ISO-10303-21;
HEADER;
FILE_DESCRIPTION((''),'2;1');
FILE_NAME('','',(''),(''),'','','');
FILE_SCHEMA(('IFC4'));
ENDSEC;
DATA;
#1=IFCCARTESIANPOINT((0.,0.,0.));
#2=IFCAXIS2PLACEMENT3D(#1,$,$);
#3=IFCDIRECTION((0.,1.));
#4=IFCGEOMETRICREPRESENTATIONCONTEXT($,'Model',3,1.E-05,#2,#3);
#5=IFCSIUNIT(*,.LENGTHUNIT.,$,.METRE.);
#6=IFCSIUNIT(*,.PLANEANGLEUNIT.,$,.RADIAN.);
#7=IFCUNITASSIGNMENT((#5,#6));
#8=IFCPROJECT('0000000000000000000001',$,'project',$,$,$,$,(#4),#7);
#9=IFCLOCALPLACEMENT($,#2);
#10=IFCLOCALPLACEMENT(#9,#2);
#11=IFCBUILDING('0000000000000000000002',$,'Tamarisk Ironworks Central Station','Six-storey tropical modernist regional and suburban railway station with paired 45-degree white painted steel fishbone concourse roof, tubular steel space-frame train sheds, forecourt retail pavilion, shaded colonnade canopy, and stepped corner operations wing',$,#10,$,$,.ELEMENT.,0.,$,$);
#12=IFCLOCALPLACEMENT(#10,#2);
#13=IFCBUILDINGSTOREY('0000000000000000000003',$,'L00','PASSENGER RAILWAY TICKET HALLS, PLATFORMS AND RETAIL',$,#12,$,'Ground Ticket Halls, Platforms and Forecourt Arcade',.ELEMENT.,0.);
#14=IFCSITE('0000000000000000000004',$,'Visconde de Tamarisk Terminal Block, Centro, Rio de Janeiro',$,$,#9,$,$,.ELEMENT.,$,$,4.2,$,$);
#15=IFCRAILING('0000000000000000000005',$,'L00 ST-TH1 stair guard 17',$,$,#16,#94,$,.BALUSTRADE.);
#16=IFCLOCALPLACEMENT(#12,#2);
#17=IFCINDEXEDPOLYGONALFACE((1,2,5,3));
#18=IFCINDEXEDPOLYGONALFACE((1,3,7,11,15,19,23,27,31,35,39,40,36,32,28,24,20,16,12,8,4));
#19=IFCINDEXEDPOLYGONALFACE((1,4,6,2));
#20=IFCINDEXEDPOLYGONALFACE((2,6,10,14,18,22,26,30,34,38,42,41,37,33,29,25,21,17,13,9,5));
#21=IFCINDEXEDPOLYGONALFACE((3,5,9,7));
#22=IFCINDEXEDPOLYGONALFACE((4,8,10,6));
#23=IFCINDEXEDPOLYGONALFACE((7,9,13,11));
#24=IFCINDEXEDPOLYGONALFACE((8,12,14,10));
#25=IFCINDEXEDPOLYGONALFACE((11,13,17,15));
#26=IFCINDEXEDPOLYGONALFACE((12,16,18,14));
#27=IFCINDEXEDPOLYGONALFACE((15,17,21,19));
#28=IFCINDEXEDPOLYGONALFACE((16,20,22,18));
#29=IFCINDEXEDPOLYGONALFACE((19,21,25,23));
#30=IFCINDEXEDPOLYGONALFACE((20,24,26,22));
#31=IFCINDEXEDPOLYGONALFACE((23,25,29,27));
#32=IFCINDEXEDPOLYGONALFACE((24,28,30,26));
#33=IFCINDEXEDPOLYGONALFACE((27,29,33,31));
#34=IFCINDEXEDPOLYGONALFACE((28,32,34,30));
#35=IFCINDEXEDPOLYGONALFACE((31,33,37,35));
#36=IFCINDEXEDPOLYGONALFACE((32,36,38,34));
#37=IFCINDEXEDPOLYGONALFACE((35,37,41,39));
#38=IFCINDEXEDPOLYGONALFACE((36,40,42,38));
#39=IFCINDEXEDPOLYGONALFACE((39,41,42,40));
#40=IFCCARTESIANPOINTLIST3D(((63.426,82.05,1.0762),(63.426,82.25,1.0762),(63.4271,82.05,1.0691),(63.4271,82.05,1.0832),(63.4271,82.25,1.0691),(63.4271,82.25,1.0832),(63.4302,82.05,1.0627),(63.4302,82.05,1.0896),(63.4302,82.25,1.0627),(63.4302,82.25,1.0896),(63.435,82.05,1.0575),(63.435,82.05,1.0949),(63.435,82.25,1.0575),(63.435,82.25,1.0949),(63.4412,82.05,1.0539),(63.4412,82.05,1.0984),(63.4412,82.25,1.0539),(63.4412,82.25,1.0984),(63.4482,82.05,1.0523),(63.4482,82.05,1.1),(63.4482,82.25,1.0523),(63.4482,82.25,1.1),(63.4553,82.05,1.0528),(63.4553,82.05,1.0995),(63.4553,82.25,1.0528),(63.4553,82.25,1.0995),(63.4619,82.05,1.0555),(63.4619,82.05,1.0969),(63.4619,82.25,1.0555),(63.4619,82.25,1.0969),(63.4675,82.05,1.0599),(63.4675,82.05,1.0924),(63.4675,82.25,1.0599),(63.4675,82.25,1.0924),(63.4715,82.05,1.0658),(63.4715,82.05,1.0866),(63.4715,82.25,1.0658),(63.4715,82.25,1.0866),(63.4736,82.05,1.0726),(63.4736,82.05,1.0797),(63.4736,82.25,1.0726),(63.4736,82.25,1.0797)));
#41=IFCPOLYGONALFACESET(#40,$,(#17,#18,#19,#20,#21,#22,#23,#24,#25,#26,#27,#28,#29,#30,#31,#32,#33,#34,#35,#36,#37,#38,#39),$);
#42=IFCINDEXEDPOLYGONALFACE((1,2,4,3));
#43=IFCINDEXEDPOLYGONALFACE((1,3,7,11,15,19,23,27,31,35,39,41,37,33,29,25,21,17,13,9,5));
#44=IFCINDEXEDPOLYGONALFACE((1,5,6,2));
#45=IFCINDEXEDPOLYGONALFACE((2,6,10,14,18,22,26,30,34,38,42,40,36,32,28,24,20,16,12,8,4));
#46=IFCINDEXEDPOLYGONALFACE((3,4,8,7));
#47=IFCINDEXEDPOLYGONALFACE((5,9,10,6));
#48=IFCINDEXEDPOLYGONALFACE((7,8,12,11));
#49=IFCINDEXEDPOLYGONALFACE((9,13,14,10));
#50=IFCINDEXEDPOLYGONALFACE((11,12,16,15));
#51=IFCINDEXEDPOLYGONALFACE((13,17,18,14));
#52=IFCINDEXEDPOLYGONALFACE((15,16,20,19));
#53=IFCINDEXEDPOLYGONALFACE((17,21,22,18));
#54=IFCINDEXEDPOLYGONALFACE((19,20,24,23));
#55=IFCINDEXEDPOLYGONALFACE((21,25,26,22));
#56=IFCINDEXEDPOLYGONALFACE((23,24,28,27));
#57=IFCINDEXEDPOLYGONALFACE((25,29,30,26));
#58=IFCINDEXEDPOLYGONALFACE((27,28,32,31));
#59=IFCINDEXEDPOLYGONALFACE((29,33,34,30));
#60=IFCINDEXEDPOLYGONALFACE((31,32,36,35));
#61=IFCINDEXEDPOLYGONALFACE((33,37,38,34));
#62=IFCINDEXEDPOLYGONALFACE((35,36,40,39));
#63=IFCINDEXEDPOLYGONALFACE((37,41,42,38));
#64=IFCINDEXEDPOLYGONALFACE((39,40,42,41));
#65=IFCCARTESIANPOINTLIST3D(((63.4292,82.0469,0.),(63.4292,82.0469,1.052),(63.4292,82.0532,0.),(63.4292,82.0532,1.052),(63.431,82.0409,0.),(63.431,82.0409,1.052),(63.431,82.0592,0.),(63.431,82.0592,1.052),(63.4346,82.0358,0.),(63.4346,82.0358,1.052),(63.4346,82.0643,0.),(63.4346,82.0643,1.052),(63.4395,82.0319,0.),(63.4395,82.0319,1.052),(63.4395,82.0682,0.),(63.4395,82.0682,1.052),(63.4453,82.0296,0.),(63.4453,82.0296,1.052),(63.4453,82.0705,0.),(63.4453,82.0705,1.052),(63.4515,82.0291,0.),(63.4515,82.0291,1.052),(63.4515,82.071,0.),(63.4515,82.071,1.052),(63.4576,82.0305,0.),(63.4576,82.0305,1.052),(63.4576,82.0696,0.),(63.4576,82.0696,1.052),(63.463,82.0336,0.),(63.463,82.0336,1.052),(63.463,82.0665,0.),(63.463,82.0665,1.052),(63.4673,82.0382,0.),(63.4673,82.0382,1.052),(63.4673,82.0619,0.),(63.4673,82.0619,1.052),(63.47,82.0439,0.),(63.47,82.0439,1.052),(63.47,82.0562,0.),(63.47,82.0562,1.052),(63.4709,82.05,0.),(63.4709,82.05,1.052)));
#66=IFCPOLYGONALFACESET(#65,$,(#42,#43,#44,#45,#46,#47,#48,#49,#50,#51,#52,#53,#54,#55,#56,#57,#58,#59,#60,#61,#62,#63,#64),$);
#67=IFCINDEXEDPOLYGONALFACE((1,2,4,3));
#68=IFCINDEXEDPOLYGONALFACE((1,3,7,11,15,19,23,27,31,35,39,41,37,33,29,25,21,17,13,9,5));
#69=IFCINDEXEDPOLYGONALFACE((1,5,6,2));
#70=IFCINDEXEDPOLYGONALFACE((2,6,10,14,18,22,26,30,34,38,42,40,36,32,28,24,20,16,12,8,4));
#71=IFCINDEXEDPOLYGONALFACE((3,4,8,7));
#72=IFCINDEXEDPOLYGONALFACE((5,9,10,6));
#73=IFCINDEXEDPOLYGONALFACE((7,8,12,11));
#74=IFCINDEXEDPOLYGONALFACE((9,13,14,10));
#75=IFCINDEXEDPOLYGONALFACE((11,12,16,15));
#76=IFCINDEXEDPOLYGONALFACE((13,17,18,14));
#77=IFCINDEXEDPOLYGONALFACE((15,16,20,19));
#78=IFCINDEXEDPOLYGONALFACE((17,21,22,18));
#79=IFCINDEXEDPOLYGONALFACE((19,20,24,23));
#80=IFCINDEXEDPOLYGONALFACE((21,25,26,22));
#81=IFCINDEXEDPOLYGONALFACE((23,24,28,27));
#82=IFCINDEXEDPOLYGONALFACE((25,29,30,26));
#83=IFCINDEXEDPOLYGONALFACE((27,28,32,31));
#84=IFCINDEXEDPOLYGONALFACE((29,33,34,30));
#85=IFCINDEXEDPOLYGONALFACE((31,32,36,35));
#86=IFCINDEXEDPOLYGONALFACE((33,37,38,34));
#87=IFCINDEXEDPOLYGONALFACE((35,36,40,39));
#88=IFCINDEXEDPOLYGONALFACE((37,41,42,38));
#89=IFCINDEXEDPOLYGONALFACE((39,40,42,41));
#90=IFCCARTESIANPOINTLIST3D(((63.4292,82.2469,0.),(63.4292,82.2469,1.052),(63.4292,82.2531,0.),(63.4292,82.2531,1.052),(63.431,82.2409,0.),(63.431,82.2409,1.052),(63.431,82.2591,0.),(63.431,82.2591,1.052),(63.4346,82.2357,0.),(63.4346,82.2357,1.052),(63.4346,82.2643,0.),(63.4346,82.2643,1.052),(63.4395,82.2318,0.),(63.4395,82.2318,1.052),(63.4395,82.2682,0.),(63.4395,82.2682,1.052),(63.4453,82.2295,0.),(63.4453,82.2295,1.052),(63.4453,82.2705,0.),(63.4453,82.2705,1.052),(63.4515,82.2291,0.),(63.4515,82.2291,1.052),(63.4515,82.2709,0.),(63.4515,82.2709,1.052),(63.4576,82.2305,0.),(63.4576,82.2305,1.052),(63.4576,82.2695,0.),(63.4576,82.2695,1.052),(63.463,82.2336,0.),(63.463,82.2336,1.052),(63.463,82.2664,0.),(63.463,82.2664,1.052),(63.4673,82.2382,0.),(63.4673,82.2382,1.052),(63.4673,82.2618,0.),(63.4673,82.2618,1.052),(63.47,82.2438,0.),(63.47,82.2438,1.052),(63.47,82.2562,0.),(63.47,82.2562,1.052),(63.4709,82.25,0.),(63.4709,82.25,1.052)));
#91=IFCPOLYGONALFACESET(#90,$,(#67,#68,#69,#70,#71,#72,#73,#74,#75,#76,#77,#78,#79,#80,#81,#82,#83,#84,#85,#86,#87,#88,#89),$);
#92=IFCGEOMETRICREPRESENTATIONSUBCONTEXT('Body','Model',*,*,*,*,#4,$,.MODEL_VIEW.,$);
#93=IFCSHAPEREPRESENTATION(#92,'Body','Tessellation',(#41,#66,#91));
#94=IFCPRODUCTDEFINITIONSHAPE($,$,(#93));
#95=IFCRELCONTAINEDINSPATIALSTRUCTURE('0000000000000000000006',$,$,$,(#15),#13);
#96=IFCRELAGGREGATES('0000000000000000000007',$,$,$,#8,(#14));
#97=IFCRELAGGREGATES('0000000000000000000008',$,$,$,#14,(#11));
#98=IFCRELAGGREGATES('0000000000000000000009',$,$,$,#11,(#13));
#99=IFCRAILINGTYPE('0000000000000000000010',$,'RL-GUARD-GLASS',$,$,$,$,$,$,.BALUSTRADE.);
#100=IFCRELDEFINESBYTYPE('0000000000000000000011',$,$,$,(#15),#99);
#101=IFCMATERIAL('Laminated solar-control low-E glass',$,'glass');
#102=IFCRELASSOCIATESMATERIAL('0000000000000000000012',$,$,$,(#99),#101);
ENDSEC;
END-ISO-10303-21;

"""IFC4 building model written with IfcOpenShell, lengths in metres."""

from ifc_helpers import new_model, si_unit, direction, frame, origin, origin_2d, place, context, subcontext, project, spatial, circle, extrude, material, type_object, element, save


model = new_model("IFC4")

# Units and contexts
model_context = context("Model", 3, precision=1e-05, world=origin(), true_north=direction((0.0, 1.0)))
body_context = subcontext(model_context, "Body", "Model", "MODEL_VIEW")
ifc_project = project(units=[si_unit("LENGTHUNIT", "METRE"), si_unit("PLANEANGLEUNIT", "RADIAN")], contexts=[model_context])

# Site, building, storey
site_placement = place(None, origin())
site = spatial("IfcSite", under=ifc_project, at=site_placement, Name="Visconde de Tamarisk Terminal Block, Centro, Rio de Janeiro", CompositionType="ELEMENT", RefElevation=4.2)
building_placement = place(site_placement, origin())
building = spatial("IfcBuilding", under=site, at=building_placement, Name="Tamarisk Ironworks Central Station", Description="Six-storey tropical modernist regional and suburban railway station with paired 45-degree white painted steel fishbone concourse roof, tubular steel space-frame train sheds, forecourt retail pavilion, shaded colonnade canopy, and stepped corner operations wing", CompositionType="ELEMENT", ElevationOfRefHeight=0.0)
storey_placement = place(building_placement, origin())
storey = spatial("IfcBuildingStorey", under=building, at=storey_placement, Name="L00", Description="PASSENGER RAILWAY TICKET HALLS, PLATFORMS AND RETAIL", LongName="Ground Ticket Halls, Platforms and Forecourt Arcade", CompositionType="ELEMENT", Elevation=0.0)

# Shared definitions
ifc_material_1 = material(Name="Laminated solar-control low-E glass", Category="glass")

# Railing
railing_type_1 = type_object("IfcRailingType", Name="RL-GUARD-GLASS", PredefinedType="BALUSTRADE", material=ifc_material_1)
railing_1_placement = place(storey_placement, frame((63.45, 82.05, 0.0)))
element("IfcRailing", 1, at=railing_1_placement, inside=storey, type_object=railing_type_1, Name="L00 ST-TH1 stair guard 17", PredefinedType="BALUSTRADE", context=body_context, shape_type="SweptSolid", body=[
    extrude(circle(Radius=0.0239, at=origin_2d()), frame((0.0, 0.0, 1.0762), z_axis=(0.0, 1.0, 0.0), x_axis=(-1.0, 0.0, 0.0)), (0.0, 0.0, 1.0), 0.2),
    extrude(circle(Radius=0.021, at=origin_2d()), origin(), (0.0, 0.0, 1.0), 1.052),
    extrude(circle(Radius=0.021, at=origin_2d()), frame((0.0, 0.2, 0.0)), (0.0, 0.0, 1.0), 1.052),
])

save(model, "model.ifc")
